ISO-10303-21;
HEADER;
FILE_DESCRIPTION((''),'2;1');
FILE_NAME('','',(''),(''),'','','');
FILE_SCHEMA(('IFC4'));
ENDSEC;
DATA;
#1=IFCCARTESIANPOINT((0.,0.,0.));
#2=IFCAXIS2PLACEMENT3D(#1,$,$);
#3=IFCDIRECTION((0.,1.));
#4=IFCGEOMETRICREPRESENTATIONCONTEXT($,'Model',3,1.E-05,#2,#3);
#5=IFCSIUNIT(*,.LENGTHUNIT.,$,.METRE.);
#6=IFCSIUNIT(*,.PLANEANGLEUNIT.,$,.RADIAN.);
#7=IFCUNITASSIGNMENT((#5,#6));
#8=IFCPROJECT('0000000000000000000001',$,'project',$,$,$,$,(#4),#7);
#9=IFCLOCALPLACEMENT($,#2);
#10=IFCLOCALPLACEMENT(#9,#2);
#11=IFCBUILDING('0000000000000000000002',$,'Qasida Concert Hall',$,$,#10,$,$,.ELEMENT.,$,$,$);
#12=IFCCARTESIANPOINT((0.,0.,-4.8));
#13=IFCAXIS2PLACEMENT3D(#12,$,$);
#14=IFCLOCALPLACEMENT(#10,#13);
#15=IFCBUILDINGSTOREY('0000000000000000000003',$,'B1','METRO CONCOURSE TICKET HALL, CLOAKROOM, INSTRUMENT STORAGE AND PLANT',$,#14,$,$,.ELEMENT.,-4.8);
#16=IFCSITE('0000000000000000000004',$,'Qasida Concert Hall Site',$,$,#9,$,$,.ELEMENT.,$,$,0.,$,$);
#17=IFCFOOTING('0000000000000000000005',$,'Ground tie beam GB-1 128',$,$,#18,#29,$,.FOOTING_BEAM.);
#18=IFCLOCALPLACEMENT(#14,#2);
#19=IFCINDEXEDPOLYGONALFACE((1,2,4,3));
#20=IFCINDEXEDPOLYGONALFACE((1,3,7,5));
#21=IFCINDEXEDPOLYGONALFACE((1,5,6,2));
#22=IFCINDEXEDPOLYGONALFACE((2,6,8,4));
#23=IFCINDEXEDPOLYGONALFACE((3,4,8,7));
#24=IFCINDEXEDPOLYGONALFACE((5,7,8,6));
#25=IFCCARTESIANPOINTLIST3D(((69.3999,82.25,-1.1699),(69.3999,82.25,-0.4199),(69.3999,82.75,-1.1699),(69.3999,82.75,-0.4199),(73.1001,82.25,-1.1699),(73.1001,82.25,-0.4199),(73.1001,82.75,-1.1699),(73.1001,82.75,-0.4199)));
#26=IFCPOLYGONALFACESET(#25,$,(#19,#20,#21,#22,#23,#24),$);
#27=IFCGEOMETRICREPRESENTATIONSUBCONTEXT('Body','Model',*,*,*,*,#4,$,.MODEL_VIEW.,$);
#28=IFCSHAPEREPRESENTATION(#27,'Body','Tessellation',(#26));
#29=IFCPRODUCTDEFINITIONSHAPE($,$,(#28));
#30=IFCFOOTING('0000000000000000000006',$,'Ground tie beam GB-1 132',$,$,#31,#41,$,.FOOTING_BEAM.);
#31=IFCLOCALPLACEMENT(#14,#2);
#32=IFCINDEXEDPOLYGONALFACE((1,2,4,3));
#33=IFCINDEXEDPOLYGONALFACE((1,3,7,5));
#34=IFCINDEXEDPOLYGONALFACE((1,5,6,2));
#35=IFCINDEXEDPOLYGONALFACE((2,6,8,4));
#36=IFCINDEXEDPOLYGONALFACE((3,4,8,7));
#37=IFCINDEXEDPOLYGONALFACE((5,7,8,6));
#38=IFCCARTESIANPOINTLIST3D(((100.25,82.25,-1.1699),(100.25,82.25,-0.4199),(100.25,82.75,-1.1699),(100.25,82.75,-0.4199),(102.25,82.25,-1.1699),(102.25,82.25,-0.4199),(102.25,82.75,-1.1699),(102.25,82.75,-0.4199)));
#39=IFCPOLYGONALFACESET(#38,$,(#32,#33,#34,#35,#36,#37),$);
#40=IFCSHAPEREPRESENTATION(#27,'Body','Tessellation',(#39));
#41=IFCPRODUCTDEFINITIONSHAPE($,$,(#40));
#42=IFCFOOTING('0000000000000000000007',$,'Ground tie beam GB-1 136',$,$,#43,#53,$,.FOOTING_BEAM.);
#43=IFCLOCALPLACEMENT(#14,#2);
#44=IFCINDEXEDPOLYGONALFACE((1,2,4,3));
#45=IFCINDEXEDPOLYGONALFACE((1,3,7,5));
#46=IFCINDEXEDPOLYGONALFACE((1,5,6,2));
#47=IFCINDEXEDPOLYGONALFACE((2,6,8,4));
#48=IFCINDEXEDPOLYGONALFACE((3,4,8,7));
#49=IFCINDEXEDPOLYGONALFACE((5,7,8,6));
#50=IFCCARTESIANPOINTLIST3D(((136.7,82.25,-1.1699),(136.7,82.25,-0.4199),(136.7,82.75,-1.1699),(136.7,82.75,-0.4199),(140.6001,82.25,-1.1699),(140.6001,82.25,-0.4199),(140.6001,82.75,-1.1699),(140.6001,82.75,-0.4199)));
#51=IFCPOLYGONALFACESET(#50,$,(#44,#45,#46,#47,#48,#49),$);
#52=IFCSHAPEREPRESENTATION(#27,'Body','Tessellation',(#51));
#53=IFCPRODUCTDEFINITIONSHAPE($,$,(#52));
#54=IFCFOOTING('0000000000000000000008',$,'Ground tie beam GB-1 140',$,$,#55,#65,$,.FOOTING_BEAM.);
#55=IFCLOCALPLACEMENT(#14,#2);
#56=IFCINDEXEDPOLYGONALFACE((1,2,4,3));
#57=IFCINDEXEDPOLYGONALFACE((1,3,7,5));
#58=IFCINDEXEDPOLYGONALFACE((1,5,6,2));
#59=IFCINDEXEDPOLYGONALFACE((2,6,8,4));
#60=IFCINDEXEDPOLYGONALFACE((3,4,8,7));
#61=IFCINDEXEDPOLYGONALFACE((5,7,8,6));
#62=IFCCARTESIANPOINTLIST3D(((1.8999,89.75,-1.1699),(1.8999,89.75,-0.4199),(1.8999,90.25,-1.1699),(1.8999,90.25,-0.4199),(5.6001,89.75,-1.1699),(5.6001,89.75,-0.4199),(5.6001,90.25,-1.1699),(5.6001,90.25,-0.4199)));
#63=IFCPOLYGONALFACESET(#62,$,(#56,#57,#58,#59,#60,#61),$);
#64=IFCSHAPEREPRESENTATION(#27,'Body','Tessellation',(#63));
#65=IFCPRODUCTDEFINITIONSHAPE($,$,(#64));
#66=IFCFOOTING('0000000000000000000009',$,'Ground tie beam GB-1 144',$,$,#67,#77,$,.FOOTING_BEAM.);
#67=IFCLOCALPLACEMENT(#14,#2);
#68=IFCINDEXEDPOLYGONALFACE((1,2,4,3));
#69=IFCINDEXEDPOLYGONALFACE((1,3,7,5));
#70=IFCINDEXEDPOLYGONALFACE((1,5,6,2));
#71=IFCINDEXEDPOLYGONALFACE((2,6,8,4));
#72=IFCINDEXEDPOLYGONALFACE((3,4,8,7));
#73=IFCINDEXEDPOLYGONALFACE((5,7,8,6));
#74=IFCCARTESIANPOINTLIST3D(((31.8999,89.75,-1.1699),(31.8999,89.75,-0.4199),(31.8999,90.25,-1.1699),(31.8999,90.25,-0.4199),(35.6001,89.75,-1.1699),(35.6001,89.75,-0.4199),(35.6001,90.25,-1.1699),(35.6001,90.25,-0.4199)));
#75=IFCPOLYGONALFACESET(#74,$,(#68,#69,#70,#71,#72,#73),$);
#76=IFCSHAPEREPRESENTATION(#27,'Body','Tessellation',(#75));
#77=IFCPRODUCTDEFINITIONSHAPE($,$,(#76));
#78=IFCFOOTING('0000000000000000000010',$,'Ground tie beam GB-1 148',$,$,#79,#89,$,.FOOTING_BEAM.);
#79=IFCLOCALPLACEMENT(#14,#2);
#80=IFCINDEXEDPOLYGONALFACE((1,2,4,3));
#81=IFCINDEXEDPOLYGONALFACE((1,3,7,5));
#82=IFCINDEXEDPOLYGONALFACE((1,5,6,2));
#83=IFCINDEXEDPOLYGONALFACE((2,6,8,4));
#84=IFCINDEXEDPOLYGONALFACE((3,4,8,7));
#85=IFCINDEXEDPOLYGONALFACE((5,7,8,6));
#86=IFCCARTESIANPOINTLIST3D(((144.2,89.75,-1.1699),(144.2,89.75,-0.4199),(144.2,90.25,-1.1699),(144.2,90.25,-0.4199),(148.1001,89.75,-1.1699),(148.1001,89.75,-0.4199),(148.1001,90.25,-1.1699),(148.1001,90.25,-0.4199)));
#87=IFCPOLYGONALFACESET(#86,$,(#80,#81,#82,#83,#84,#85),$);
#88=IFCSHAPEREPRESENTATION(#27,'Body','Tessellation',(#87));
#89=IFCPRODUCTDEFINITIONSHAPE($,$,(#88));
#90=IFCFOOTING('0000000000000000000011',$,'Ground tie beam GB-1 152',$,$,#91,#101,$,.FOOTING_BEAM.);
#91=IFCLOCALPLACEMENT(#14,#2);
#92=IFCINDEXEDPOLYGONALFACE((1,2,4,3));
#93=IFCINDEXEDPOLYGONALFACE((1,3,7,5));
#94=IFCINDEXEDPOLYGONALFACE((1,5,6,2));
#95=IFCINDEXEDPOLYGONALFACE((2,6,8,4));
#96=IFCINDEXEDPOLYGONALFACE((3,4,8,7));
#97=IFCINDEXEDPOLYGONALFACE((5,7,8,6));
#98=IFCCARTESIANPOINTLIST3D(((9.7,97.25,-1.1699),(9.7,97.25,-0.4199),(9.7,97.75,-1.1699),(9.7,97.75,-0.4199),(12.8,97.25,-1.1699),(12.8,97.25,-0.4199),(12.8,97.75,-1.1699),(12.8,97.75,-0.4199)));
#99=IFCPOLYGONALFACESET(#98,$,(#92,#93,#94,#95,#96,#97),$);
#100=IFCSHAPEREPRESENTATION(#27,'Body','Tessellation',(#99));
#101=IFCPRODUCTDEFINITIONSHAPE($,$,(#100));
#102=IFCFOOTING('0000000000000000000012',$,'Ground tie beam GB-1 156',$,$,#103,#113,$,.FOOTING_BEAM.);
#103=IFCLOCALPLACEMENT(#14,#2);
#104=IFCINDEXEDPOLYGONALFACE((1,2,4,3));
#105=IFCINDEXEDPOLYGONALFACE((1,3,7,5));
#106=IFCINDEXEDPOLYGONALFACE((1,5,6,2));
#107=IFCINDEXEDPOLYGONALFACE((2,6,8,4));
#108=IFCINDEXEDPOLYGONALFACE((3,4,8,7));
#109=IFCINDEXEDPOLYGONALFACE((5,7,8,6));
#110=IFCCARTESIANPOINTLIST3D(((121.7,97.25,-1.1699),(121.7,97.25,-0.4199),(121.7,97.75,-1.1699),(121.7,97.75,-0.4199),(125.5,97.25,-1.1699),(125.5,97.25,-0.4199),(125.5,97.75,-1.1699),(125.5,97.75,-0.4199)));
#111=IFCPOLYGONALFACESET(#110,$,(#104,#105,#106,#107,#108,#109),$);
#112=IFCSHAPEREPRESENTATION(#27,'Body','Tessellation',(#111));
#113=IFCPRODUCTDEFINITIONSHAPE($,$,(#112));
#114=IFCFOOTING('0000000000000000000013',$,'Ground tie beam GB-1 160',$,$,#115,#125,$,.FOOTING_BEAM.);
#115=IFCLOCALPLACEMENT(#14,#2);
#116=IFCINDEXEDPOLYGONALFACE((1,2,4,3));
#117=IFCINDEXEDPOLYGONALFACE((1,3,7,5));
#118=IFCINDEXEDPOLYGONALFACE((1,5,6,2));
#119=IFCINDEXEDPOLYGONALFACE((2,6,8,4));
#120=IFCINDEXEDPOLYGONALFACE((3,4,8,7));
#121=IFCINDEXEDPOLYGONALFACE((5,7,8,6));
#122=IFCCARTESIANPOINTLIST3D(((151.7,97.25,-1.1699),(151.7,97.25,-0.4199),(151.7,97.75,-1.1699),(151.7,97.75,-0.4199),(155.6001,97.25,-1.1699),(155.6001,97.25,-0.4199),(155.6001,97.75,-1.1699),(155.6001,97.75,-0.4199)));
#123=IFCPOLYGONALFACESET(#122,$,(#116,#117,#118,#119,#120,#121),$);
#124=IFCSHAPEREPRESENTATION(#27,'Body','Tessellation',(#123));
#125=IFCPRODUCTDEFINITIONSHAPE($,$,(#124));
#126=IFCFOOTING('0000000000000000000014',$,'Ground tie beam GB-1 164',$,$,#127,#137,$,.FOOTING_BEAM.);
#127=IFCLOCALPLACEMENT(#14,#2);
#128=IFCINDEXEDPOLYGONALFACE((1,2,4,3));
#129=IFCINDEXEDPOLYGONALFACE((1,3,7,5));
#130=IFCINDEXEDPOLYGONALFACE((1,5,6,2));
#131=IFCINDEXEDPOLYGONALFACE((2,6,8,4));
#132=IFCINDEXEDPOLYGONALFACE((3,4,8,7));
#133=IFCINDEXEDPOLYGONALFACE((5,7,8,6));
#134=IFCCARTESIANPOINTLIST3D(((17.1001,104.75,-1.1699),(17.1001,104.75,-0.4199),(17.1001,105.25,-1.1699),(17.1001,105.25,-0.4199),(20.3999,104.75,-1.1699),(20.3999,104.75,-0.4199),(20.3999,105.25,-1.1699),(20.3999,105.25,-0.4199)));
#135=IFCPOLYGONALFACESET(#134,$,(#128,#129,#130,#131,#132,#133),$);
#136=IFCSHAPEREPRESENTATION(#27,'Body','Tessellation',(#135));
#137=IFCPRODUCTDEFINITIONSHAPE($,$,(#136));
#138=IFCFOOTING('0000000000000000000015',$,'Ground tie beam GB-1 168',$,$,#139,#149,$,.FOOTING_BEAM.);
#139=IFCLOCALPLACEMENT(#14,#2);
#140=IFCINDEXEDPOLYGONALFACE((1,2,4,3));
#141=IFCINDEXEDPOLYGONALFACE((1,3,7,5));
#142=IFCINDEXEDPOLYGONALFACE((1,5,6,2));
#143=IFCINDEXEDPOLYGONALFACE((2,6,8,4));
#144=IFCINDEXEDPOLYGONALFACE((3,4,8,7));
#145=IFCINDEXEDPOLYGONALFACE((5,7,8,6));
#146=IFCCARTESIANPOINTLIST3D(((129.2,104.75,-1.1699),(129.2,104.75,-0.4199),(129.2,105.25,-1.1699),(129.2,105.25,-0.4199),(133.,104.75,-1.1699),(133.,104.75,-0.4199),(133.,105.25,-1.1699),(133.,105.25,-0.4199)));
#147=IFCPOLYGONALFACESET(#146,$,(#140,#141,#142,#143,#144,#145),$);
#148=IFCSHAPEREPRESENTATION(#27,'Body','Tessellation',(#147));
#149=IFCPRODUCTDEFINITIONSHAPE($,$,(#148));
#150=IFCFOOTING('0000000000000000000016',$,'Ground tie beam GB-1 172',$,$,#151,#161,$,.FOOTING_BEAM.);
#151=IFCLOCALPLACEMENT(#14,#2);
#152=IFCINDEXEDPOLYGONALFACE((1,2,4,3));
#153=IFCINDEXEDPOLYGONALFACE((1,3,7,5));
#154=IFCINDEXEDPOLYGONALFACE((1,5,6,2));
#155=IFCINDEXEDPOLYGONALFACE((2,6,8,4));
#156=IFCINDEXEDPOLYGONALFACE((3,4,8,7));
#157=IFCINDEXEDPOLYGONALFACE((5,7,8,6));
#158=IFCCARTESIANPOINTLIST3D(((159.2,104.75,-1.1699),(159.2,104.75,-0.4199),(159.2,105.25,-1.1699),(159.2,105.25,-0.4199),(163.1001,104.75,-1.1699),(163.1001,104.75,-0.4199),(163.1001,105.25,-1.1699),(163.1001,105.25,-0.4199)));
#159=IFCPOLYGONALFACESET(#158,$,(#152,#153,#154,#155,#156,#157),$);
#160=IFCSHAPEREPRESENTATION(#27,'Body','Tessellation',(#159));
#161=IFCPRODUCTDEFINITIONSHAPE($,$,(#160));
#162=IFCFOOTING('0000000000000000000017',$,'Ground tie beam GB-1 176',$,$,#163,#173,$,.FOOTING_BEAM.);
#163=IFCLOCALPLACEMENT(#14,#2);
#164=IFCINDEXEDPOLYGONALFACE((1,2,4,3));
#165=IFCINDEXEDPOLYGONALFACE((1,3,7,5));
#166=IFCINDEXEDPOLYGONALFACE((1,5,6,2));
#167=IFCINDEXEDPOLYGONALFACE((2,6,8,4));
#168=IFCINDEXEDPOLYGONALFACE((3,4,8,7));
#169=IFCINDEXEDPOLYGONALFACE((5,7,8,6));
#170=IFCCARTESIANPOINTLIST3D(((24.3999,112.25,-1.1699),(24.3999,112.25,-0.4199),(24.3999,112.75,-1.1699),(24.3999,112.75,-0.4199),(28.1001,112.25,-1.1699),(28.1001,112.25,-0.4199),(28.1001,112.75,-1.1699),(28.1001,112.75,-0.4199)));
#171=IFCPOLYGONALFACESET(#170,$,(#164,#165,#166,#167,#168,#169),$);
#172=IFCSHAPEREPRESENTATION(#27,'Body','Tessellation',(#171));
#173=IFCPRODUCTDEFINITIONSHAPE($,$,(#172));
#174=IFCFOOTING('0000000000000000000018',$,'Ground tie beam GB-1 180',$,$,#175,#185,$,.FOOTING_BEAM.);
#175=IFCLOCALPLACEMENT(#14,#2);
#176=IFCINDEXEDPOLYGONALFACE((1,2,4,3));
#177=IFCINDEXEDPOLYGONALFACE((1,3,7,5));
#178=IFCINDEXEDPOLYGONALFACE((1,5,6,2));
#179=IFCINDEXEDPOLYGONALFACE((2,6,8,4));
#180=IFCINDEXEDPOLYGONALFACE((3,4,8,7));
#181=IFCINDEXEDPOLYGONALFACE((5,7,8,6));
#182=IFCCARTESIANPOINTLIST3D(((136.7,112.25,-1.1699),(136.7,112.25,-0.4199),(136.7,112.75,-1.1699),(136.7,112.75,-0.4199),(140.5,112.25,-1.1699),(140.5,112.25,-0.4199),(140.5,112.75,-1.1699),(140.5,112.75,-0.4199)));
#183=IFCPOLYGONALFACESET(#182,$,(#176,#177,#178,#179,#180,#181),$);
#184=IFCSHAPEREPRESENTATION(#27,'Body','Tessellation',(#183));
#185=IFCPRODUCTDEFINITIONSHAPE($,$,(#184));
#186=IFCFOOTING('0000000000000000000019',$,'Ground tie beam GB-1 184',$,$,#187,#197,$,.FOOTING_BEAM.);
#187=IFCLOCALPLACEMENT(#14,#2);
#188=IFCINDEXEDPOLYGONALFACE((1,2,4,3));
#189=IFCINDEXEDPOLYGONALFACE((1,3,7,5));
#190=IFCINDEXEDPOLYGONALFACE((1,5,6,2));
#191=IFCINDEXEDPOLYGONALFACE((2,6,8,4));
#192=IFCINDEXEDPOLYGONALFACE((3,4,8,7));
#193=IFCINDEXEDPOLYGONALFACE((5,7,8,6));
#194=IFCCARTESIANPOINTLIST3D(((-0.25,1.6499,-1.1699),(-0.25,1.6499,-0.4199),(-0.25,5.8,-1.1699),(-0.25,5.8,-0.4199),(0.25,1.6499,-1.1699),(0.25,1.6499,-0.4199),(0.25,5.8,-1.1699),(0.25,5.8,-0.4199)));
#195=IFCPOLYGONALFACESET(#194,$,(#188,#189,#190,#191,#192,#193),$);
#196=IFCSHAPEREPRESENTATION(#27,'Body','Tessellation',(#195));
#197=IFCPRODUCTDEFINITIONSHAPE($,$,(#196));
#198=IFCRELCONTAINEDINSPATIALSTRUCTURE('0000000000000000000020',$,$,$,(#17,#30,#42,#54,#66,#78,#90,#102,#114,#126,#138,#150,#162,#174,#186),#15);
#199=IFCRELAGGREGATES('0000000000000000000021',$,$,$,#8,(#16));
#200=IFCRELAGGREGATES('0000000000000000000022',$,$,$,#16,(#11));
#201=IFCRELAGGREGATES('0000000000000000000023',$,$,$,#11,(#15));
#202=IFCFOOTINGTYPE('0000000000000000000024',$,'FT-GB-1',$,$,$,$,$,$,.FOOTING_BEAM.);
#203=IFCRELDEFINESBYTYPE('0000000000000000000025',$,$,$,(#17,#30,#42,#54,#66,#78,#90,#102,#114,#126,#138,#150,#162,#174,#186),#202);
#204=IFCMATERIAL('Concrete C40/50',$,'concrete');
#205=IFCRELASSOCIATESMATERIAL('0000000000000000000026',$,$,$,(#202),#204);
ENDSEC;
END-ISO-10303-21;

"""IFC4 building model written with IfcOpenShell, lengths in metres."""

from ifc_helpers import new_model, si_unit, direction, frame, origin, place, context, subcontext, project, spatial, polyline, outline, extrude, material, type_object, element, save


model = new_model("IFC4")

# Units and contexts
model_context = context("Model", 3, precision=1e-05, world=origin(), true_north=direction((0.0, 1.0)))
body_context = subcontext(model_context, "Body", "Model", "MODEL_VIEW")
ifc_project = project(units=[si_unit("LENGTHUNIT", "METRE"), si_unit("PLANEANGLEUNIT", "RADIAN")], contexts=[model_context])

# Site, building, storey
site_placement = place(None, origin())
site = spatial("IfcSite", under=ifc_project, at=site_placement, Name="Qasida Concert Hall Site", CompositionType="ELEMENT", RefElevation=0.0)
building_placement = place(site_placement, origin())
building = spatial("IfcBuilding", under=site, at=building_placement, Name="Qasida Concert Hall", CompositionType="ELEMENT")
storey_placement = place(building_placement, frame((0.0, 0.0, -4.8)))
storey = spatial("IfcBuildingStorey", under=building, at=storey_placement, Name="B1", Description="METRO CONCOURSE TICKET HALL, CLOAKROOM, INSTRUMENT STORAGE AND PLANT", CompositionType="ELEMENT", Elevation=-4.8)

# Footings
ifc_material = material(Name="Concrete C40/50", Category="concrete")
footing_type_1 = type_object("IfcFootingType", Name="FT-GB-1", PredefinedType="FOOTING_BEAM", material=ifc_material)
footing_1_placement = place(storey_placement, frame((0.0, 0.0, -1.1699)))
element("IfcFooting", 1, at=footing_1_placement, inside=storey, type_object=footing_type_1, Name="Ground tie beam GB-1 128", PredefinedType="FOOTING_BEAM", context=body_context, shape_type="SweptSolid", body=[
    extrude(outline(polyline([(69.3999, 82.25), (73.1001, 82.25), (73.1001, 82.75), (69.3999, 82.75), (69.3999, 82.25)])), origin(), (0.0, 0.0, 1.0), 0.75),
])
footing_2_placement = place(storey_placement, frame((0.0, 0.0, -1.1699)))
element("IfcFooting", 2, at=footing_2_placement, inside=storey, type_object=footing_type_1, Name="Ground tie beam GB-1 132", PredefinedType="FOOTING_BEAM", context=body_context, shape_type="SweptSolid", body=[
    extrude(outline(polyline([(100.25, 82.25), (102.25, 82.25), (102.25, 82.75), (100.25, 82.75), (100.25, 82.25)])), origin(), (0.0, 0.0, 1.0), 0.75),
])
footing_3_placement = place(storey_placement, frame((0.0, 0.0, -1.1699)))
element("IfcFooting", 3, at=footing_3_placement, inside=storey, type_object=footing_type_1, Name="Ground tie beam GB-1 136", PredefinedType="FOOTING_BEAM", context=body_context, shape_type="SweptSolid", body=[
    extrude(outline(polyline([(136.7, 82.25), (140.6001, 82.25), (140.6001, 82.75), (136.7, 82.75), (136.7, 82.25)])), origin(), (0.0, 0.0, 1.0), 0.75),
])
footing_4_placement = place(storey_placement, frame((0.0, 0.0, -1.1699)))
element("IfcFooting", 4, at=footing_4_placement, inside=storey, type_object=footing_type_1, Name="Ground tie beam GB-1 140", PredefinedType="FOOTING_BEAM", context=body_context, shape_type="SweptSolid", body=[
    extrude(outline(polyline([(1.8999, 89.75), (5.6001, 89.75), (5.6001, 90.25), (1.8999, 90.25), (1.8999, 89.75)])), origin(), (0.0, 0.0, 1.0), 0.75),
])
footing_5_placement = place(storey_placement, frame((0.0, 0.0, -1.1699)))
element("IfcFooting", 5, at=footing_5_placement, inside=storey, type_object=footing_type_1, Name="Ground tie beam GB-1 144", PredefinedType="FOOTING_BEAM", context=body_context, shape_type="SweptSolid", body=[
    extrude(outline(polyline([(31.8999, 89.75), (35.6001, 89.75), (35.6001, 90.25), (31.8999, 90.25), (31.8999, 89.75)])), origin(), (0.0, 0.0, 1.0), 0.75),
])
footing_6_placement = place(storey_placement, frame((0.0, 0.0, -1.1699)))
element("IfcFooting", 6, at=footing_6_placement, inside=storey, type_object=footing_type_1, Name="Ground tie beam GB-1 148", PredefinedType="FOOTING_BEAM", context=body_context, shape_type="SweptSolid", body=[
    extrude(outline(polyline([(144.2, 89.75), (148.1001, 89.75), (148.1001, 90.25), (144.2, 90.25), (144.2, 89.75)])), origin(), (0.0, 0.0, 1.0), 0.75),
])
footing_7_placement = place(storey_placement, frame((0.0, 0.0, -1.1699)))
element("IfcFooting", 7, at=footing_7_placement, inside=storey, type_object=footing_type_1, Name="Ground tie beam GB-1 152", PredefinedType="FOOTING_BEAM", context=body_context, shape_type="SweptSolid", body=[
    extrude(outline(polyline([(9.7, 97.25), (12.8, 97.25), (12.8, 97.75), (9.7, 97.75), (9.7, 97.25)])), origin(), (0.0, 0.0, 1.0), 0.75),
])
footing_8_placement = place(storey_placement, frame((0.0, 0.0, -1.1699)))
element("IfcFooting", 8, at=footing_8_placement, inside=storey, type_object=footing_type_1, Name="Ground tie beam GB-1 156", PredefinedType="FOOTING_BEAM", context=body_context, shape_type="SweptSolid", body=[
    extrude(outline(polyline([(121.7, 97.25), (125.5, 97.25), (125.5, 97.75), (121.7, 97.75), (121.7, 97.25)])), origin(), (0.0, 0.0, 1.0), 0.75),
])
footing_9_placement = place(storey_placement, frame((0.0, 0.0, -1.1699)))
element("IfcFooting", 9, at=footing_9_placement, inside=storey, type_object=footing_type_1, Name="Ground tie beam GB-1 160", PredefinedType="FOOTING_BEAM", context=body_context, shape_type="SweptSolid", body=[
    extrude(outline(polyline([(151.7, 97.25), (155.6001, 97.25), (155.6001, 97.75), (151.7, 97.75), (151.7, 97.25)])), origin(), (0.0, 0.0, 1.0), 0.75),
])
footing_10_placement = place(storey_placement, frame((0.0, 0.0, -1.1699)))
element("IfcFooting", 10, at=footing_10_placement, inside=storey, type_object=footing_type_1, Name="Ground tie beam GB-1 164", PredefinedType="FOOTING_BEAM", context=body_context, shape_type="SweptSolid", body=[
    extrude(outline(polyline([(17.1001, 104.75), (20.3999, 104.75), (20.3999, 105.25), (17.1001, 105.25), (17.1001, 104.75)])), origin(), (0.0, 0.0, 1.0), 0.75),
])
footing_11_placement = place(storey_placement, frame((0.0, 0.0, -1.1699)))
element("IfcFooting", 11, at=footing_11_placement, inside=storey, type_object=footing_type_1, Name="Ground tie beam GB-1 168", PredefinedType="FOOTING_BEAM", context=body_context, shape_type="SweptSolid", body=[
    extrude(outline(polyline([(129.2, 104.75), (133.0, 104.75), (133.0, 105.25), (129.2, 105.25), (129.2, 104.75)])), origin(), (0.0, 0.0, 1.0), 0.75),
])
footing_12_placement = place(storey_placement, frame((0.0, 0.0, -1.1699)))
element("IfcFooting", 12, at=footing_12_placement, inside=storey, type_object=footing_type_1, Name="Ground tie beam GB-1 172", PredefinedType="FOOTING_BEAM", context=body_context, shape_type="SweptSolid", body=[
    extrude(outline(polyline([(159.2, 104.75), (163.1001, 104.75), (163.1001, 105.25), (159.2, 105.25), (159.2, 104.75)])), origin(), (0.0, 0.0, 1.0), 0.75),
])
footing_13_placement = place(storey_placement, frame((0.0, 0.0, -1.1699)))
element("IfcFooting", 13, at=footing_13_placement, inside=storey, type_object=footing_type_1, Name="Ground tie beam GB-1 176", PredefinedType="FOOTING_BEAM", context=body_context, shape_type="SweptSolid", body=[
    extrude(outline(polyline([(24.3999, 112.25), (28.1001, 112.25), (28.1001, 112.75), (24.3999, 112.75), (24.3999, 112.25)])), origin(), (0.0, 0.0, 1.0), 0.75),
])
footing_14_placement = place(storey_placement, frame((0.0, 0.0, -1.1699)))
element("IfcFooting", 14, at=footing_14_placement, inside=storey, type_object=footing_type_1, Name="Ground tie beam GB-1 180", PredefinedType="FOOTING_BEAM", context=body_context, shape_type="SweptSolid", body=[
    extrude(outline(polyline([(136.7, 112.25), (140.5, 112.25), (140.5, 112.75), (136.7, 112.75), (136.7, 112.25)])), origin(), (0.0, 0.0, 1.0), 0.75),
])
footing_15_placement = place(storey_placement, frame((0.0, 0.0, -1.1699)))
element("IfcFooting", 15, at=footing_15_placement, inside=storey, type_object=footing_type_1, Name="Ground tie beam GB-1 184", PredefinedType="FOOTING_BEAM", context=body_context, shape_type="SweptSolid", body=[
    extrude(outline(polyline([(-0.25, 1.6499), (0.25, 1.6499), (0.25, 5.8), (-0.25, 5.8), (-0.25, 1.6499)])), origin(), (0.0, 0.0, 1.0), 0.75),
])

save(model, "model.ifc")
